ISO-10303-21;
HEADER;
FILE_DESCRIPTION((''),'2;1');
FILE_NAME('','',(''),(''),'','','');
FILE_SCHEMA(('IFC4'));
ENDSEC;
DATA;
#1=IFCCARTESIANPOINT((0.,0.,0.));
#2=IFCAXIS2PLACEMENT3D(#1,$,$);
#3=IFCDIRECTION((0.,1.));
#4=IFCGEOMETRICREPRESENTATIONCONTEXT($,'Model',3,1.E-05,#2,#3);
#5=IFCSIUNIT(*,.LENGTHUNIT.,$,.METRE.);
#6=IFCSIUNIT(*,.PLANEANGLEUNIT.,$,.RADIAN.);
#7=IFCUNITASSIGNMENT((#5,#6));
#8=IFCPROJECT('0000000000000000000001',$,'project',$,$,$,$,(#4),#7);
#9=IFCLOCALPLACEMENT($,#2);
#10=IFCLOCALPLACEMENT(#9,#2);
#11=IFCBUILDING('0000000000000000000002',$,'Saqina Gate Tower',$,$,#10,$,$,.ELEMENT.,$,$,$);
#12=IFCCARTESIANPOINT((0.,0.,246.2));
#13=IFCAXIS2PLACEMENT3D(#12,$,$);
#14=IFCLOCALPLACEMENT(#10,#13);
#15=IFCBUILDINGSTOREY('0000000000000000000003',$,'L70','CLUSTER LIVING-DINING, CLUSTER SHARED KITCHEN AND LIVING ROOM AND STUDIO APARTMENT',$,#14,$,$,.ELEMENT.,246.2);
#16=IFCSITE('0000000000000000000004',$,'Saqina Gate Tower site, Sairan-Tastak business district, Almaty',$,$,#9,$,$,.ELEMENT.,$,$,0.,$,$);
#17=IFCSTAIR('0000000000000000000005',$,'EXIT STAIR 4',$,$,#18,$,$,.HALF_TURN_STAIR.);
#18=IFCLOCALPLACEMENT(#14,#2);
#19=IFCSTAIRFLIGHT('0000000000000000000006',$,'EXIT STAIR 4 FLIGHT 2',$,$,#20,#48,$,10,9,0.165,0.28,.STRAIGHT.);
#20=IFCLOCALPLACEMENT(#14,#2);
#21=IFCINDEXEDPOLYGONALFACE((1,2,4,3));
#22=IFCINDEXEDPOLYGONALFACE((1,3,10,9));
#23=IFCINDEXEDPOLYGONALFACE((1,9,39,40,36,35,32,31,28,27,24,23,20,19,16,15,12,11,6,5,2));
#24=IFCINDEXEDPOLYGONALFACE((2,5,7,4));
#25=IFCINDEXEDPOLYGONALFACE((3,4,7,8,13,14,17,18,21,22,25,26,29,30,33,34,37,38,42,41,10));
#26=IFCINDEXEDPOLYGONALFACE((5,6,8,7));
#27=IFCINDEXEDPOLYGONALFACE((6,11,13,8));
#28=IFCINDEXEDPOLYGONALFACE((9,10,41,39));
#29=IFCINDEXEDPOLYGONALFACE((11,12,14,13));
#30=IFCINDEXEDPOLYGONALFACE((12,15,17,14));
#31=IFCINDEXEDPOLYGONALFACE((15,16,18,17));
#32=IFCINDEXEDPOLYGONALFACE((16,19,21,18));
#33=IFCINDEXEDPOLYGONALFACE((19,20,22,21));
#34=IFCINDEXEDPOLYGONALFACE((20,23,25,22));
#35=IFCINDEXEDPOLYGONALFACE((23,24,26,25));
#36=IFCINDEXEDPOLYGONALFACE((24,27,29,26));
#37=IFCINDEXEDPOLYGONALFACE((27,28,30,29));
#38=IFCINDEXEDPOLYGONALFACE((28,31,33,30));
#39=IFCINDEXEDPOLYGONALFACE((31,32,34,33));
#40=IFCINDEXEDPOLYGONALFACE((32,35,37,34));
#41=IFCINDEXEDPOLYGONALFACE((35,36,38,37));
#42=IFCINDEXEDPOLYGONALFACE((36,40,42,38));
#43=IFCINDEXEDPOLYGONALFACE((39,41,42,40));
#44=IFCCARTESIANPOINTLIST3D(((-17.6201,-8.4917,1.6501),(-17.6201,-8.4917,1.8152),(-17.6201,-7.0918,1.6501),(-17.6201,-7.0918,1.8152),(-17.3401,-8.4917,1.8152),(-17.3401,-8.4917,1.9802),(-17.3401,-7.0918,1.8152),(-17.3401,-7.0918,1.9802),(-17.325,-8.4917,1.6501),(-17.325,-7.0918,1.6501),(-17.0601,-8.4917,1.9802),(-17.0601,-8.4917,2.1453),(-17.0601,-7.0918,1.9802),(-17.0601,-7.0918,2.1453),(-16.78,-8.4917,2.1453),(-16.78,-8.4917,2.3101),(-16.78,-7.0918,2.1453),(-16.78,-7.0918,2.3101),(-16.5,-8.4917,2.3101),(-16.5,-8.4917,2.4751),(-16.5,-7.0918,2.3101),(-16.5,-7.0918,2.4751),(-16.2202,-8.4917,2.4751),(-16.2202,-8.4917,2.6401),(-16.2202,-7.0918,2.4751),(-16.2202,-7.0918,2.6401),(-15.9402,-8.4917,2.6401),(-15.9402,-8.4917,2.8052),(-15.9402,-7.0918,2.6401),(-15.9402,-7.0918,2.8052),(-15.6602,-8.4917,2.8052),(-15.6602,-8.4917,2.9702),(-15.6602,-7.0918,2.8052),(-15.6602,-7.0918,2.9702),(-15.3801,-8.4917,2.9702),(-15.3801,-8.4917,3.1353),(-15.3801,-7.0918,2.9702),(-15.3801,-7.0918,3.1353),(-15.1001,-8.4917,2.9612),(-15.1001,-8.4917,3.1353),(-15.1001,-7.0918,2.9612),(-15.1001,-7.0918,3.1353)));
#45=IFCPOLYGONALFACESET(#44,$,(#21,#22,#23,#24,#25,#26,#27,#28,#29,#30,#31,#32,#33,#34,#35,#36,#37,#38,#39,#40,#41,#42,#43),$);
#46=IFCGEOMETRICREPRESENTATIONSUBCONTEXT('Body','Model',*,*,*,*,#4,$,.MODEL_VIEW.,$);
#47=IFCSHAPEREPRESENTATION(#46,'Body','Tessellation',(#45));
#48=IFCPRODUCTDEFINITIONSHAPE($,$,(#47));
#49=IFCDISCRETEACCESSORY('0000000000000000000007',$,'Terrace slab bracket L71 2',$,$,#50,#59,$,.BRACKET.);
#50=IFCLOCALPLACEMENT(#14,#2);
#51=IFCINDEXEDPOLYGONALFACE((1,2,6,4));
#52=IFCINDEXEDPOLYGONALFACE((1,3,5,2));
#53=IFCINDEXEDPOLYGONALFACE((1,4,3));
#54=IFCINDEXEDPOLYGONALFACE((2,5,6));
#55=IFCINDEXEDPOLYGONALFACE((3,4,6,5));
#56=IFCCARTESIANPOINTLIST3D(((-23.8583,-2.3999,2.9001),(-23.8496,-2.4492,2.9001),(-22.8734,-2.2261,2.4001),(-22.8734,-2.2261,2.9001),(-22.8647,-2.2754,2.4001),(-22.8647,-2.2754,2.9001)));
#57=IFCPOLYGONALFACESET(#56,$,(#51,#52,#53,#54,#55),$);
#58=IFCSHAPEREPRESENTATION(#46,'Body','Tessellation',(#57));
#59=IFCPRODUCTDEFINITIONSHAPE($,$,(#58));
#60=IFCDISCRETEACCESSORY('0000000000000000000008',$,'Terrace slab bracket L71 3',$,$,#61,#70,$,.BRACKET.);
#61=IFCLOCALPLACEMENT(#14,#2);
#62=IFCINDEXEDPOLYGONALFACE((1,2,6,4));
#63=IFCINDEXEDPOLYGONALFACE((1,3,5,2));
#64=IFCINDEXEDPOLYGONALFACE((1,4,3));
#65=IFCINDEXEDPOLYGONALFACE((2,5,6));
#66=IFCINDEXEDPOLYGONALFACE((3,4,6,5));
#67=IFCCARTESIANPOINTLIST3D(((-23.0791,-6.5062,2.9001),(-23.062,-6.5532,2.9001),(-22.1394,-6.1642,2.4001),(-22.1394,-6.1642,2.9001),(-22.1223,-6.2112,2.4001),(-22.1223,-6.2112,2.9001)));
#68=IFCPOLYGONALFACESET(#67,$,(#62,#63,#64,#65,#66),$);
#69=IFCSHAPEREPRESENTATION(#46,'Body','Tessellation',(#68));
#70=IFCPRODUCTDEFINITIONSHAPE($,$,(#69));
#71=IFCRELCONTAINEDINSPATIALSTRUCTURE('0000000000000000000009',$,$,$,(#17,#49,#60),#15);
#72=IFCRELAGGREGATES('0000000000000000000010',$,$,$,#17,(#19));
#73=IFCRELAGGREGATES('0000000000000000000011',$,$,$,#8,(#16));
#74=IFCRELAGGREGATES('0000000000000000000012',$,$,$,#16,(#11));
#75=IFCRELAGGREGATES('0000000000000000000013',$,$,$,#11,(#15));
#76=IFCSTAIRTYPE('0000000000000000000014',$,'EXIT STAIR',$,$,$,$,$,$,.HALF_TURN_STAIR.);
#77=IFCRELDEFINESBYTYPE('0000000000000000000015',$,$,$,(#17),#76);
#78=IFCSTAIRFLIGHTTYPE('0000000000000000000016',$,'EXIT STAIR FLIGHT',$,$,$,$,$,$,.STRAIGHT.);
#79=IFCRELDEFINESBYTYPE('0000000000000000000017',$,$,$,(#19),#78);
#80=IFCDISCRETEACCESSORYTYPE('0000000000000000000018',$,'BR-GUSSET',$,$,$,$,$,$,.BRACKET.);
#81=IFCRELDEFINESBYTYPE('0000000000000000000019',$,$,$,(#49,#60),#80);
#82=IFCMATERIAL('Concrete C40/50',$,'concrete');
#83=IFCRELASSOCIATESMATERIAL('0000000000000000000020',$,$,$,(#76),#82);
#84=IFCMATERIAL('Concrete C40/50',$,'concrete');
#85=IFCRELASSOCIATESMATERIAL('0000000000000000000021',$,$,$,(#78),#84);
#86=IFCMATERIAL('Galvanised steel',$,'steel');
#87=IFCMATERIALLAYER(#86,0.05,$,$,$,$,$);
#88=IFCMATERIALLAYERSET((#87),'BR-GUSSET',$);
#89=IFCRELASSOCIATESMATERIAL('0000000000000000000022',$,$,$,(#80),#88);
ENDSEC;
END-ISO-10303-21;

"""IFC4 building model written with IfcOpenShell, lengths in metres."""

from ifc_helpers import new_model, si_unit, direction, frame, origin, place, context, subcontext, project, spatial, polyline, outline, extrude, material, layer, layer_set, type_object, element, aggregate, save


model = new_model("IFC4")

# Units and contexts
model_context = context("Model", 3, precision=1e-05, world=origin(), true_north=direction((0.0, 1.0)))
body_context = subcontext(model_context, "Body", "Model", "MODEL_VIEW")
ifc_project = project(units=[si_unit("LENGTHUNIT", "METRE"), si_unit("PLANEANGLEUNIT", "RADIAN")], contexts=[model_context])

# Site, building, storey
site_placement = place(None, origin())
site = spatial("IfcSite", under=ifc_project, at=site_placement, Name="Saqina Gate Tower site, Sairan-Tastak business district, Almaty", CompositionType="ELEMENT", RefElevation=0.0)
building_placement = place(site_placement, origin())
building = spatial("IfcBuilding", under=site, at=building_placement, Name="Saqina Gate Tower", CompositionType="ELEMENT")
storey_placement = place(building_placement, frame((0.0, 0.0, 246.2)))
storey = spatial("IfcBuildingStorey", under=building, at=storey_placement, Name="L70", Description="CLUSTER LIVING-DINING, CLUSTER SHARED KITCHEN AND LIVING ROOM AND STUDIO APARTMENT", CompositionType="ELEMENT", Elevation=246.2)

# Stair, stair flight
ifc_material_1 = material(Name="Concrete C40/50", Category="concrete")
stair_type = type_object("IfcStairType", Name="EXIT STAIR", PredefinedType="HALF_TURN_STAIR", material=ifc_material_1)
stair_placement = place(storey_placement, origin())
stair = element("IfcStair", 1, at=stair_placement, inside=storey, type_object=stair_type, Name="EXIT STAIR 4", PredefinedType="HALF_TURN_STAIR")
ifc_material_2 = material(Name="Concrete C40/50", Category="concrete")
stair_flight_type = type_object("IfcStairFlightType", Name="EXIT STAIR FLIGHT", PredefinedType="STRAIGHT", material=ifc_material_2)
stair_flight_1_placement = place(storey_placement, frame((-17.6201, -7.7917, 1.6501), z_axis=(0.0, 0.0, 1.0), x_axis=(1.0, 0.0, 0.0)))
stair_flight_1 = element("IfcStairFlight", 2, at=stair_flight_1_placement, type_object=stair_flight_type, Name="EXIT STAIR 4 FLIGHT 2", NumberOfRisers=10, NumberOfTreads=9, PredefinedType="STRAIGHT", RiserHeight=0.165, TreadLength=0.28, context=body_context, shape_type="SweptSolid", body=[
    extrude(outline(polyline([(0.0, 0.0), (0.0, 0.165), (0.28, 0.165), (0.28, 0.3301), (0.5601, 0.3301), (0.5601, 0.4951), (0.8401, 0.4951), (0.8401, 0.6599), (1.1201, 0.6599), (1.1201, 0.825), (1.3999, 0.825), (1.3999, 0.99), (1.6799, 0.99), (1.6799, 1.155), (1.96, 1.155), (1.96, 1.3201), (2.24, 1.3201), (2.24, 1.4851), (2.52, 1.4851), (2.52, 1.6499), (2.52, 1.311), (0.2952, 0.0), (0.0, 0.0)])), frame((0.0, 0.7, 0.0), z_axis=(0.0, -1.0, 0.0), x_axis=(1.0, 0.0, 0.0)), (0.0, 0.0, 1.0), 1.3999),
])
aggregate(stair, [stair_flight_1])

# Discrete accessories
ifc_material_3 = material(Name="Galvanised steel", Category="steel")
ifc_layer_1 = layer(ifc_material_3, 0.05)
ifc_layer_set_1 = layer_set([ifc_layer_1], Name="BR-GUSSET")
discrete_accessory_type = type_object("IfcDiscreteAccessoryType", Name="BR-GUSSET", PredefinedType="BRACKET", material=ifc_layer_set_1)
discrete_accessory_1_placement = place(storey_placement, frame((-22.8647, -2.2754, 2.4001), z_axis=(0.173813, -0.984779, 0.0), x_axis=(0.0, 0.0, 1.0)))
element("IfcDiscreteAccessory", 3, at=discrete_accessory_1_placement, inside=storey, type_object=discrete_accessory_type, Name="Terrace slab bracket L71 2", PredefinedType="BRACKET", context=body_context, shape_type="SweptSolid", body=[
    extrude(outline(polyline([(0.0, 0.0), (0.5, 0.0), (0.5, 1.0001), (0.0, 0.0)])), origin(), (0.0, 0.0, -1.0), 0.05),
])
discrete_accessory_2_placement = place(storey_placement, frame((-22.1223, -6.2112, 2.4001), z_axis=(0.342037, -0.939686, 0.0), x_axis=(0.0, 0.0, 1.0)))
element("IfcDiscreteAccessory", 4, at=discrete_accessory_2_placement, inside=storey, type_object=discrete_accessory_type, Name="Terrace slab bracket L71 3", PredefinedType="BRACKET", context=body_context, shape_type="SweptSolid", body=[
    extrude(outline(polyline([(0.0, 0.0), (0.5, 0.0), (0.5, 1.0), (0.0, 0.0)])), origin(), (0.0, 0.0, -1.0), 0.05),
])

save(model, "model.ifc")
